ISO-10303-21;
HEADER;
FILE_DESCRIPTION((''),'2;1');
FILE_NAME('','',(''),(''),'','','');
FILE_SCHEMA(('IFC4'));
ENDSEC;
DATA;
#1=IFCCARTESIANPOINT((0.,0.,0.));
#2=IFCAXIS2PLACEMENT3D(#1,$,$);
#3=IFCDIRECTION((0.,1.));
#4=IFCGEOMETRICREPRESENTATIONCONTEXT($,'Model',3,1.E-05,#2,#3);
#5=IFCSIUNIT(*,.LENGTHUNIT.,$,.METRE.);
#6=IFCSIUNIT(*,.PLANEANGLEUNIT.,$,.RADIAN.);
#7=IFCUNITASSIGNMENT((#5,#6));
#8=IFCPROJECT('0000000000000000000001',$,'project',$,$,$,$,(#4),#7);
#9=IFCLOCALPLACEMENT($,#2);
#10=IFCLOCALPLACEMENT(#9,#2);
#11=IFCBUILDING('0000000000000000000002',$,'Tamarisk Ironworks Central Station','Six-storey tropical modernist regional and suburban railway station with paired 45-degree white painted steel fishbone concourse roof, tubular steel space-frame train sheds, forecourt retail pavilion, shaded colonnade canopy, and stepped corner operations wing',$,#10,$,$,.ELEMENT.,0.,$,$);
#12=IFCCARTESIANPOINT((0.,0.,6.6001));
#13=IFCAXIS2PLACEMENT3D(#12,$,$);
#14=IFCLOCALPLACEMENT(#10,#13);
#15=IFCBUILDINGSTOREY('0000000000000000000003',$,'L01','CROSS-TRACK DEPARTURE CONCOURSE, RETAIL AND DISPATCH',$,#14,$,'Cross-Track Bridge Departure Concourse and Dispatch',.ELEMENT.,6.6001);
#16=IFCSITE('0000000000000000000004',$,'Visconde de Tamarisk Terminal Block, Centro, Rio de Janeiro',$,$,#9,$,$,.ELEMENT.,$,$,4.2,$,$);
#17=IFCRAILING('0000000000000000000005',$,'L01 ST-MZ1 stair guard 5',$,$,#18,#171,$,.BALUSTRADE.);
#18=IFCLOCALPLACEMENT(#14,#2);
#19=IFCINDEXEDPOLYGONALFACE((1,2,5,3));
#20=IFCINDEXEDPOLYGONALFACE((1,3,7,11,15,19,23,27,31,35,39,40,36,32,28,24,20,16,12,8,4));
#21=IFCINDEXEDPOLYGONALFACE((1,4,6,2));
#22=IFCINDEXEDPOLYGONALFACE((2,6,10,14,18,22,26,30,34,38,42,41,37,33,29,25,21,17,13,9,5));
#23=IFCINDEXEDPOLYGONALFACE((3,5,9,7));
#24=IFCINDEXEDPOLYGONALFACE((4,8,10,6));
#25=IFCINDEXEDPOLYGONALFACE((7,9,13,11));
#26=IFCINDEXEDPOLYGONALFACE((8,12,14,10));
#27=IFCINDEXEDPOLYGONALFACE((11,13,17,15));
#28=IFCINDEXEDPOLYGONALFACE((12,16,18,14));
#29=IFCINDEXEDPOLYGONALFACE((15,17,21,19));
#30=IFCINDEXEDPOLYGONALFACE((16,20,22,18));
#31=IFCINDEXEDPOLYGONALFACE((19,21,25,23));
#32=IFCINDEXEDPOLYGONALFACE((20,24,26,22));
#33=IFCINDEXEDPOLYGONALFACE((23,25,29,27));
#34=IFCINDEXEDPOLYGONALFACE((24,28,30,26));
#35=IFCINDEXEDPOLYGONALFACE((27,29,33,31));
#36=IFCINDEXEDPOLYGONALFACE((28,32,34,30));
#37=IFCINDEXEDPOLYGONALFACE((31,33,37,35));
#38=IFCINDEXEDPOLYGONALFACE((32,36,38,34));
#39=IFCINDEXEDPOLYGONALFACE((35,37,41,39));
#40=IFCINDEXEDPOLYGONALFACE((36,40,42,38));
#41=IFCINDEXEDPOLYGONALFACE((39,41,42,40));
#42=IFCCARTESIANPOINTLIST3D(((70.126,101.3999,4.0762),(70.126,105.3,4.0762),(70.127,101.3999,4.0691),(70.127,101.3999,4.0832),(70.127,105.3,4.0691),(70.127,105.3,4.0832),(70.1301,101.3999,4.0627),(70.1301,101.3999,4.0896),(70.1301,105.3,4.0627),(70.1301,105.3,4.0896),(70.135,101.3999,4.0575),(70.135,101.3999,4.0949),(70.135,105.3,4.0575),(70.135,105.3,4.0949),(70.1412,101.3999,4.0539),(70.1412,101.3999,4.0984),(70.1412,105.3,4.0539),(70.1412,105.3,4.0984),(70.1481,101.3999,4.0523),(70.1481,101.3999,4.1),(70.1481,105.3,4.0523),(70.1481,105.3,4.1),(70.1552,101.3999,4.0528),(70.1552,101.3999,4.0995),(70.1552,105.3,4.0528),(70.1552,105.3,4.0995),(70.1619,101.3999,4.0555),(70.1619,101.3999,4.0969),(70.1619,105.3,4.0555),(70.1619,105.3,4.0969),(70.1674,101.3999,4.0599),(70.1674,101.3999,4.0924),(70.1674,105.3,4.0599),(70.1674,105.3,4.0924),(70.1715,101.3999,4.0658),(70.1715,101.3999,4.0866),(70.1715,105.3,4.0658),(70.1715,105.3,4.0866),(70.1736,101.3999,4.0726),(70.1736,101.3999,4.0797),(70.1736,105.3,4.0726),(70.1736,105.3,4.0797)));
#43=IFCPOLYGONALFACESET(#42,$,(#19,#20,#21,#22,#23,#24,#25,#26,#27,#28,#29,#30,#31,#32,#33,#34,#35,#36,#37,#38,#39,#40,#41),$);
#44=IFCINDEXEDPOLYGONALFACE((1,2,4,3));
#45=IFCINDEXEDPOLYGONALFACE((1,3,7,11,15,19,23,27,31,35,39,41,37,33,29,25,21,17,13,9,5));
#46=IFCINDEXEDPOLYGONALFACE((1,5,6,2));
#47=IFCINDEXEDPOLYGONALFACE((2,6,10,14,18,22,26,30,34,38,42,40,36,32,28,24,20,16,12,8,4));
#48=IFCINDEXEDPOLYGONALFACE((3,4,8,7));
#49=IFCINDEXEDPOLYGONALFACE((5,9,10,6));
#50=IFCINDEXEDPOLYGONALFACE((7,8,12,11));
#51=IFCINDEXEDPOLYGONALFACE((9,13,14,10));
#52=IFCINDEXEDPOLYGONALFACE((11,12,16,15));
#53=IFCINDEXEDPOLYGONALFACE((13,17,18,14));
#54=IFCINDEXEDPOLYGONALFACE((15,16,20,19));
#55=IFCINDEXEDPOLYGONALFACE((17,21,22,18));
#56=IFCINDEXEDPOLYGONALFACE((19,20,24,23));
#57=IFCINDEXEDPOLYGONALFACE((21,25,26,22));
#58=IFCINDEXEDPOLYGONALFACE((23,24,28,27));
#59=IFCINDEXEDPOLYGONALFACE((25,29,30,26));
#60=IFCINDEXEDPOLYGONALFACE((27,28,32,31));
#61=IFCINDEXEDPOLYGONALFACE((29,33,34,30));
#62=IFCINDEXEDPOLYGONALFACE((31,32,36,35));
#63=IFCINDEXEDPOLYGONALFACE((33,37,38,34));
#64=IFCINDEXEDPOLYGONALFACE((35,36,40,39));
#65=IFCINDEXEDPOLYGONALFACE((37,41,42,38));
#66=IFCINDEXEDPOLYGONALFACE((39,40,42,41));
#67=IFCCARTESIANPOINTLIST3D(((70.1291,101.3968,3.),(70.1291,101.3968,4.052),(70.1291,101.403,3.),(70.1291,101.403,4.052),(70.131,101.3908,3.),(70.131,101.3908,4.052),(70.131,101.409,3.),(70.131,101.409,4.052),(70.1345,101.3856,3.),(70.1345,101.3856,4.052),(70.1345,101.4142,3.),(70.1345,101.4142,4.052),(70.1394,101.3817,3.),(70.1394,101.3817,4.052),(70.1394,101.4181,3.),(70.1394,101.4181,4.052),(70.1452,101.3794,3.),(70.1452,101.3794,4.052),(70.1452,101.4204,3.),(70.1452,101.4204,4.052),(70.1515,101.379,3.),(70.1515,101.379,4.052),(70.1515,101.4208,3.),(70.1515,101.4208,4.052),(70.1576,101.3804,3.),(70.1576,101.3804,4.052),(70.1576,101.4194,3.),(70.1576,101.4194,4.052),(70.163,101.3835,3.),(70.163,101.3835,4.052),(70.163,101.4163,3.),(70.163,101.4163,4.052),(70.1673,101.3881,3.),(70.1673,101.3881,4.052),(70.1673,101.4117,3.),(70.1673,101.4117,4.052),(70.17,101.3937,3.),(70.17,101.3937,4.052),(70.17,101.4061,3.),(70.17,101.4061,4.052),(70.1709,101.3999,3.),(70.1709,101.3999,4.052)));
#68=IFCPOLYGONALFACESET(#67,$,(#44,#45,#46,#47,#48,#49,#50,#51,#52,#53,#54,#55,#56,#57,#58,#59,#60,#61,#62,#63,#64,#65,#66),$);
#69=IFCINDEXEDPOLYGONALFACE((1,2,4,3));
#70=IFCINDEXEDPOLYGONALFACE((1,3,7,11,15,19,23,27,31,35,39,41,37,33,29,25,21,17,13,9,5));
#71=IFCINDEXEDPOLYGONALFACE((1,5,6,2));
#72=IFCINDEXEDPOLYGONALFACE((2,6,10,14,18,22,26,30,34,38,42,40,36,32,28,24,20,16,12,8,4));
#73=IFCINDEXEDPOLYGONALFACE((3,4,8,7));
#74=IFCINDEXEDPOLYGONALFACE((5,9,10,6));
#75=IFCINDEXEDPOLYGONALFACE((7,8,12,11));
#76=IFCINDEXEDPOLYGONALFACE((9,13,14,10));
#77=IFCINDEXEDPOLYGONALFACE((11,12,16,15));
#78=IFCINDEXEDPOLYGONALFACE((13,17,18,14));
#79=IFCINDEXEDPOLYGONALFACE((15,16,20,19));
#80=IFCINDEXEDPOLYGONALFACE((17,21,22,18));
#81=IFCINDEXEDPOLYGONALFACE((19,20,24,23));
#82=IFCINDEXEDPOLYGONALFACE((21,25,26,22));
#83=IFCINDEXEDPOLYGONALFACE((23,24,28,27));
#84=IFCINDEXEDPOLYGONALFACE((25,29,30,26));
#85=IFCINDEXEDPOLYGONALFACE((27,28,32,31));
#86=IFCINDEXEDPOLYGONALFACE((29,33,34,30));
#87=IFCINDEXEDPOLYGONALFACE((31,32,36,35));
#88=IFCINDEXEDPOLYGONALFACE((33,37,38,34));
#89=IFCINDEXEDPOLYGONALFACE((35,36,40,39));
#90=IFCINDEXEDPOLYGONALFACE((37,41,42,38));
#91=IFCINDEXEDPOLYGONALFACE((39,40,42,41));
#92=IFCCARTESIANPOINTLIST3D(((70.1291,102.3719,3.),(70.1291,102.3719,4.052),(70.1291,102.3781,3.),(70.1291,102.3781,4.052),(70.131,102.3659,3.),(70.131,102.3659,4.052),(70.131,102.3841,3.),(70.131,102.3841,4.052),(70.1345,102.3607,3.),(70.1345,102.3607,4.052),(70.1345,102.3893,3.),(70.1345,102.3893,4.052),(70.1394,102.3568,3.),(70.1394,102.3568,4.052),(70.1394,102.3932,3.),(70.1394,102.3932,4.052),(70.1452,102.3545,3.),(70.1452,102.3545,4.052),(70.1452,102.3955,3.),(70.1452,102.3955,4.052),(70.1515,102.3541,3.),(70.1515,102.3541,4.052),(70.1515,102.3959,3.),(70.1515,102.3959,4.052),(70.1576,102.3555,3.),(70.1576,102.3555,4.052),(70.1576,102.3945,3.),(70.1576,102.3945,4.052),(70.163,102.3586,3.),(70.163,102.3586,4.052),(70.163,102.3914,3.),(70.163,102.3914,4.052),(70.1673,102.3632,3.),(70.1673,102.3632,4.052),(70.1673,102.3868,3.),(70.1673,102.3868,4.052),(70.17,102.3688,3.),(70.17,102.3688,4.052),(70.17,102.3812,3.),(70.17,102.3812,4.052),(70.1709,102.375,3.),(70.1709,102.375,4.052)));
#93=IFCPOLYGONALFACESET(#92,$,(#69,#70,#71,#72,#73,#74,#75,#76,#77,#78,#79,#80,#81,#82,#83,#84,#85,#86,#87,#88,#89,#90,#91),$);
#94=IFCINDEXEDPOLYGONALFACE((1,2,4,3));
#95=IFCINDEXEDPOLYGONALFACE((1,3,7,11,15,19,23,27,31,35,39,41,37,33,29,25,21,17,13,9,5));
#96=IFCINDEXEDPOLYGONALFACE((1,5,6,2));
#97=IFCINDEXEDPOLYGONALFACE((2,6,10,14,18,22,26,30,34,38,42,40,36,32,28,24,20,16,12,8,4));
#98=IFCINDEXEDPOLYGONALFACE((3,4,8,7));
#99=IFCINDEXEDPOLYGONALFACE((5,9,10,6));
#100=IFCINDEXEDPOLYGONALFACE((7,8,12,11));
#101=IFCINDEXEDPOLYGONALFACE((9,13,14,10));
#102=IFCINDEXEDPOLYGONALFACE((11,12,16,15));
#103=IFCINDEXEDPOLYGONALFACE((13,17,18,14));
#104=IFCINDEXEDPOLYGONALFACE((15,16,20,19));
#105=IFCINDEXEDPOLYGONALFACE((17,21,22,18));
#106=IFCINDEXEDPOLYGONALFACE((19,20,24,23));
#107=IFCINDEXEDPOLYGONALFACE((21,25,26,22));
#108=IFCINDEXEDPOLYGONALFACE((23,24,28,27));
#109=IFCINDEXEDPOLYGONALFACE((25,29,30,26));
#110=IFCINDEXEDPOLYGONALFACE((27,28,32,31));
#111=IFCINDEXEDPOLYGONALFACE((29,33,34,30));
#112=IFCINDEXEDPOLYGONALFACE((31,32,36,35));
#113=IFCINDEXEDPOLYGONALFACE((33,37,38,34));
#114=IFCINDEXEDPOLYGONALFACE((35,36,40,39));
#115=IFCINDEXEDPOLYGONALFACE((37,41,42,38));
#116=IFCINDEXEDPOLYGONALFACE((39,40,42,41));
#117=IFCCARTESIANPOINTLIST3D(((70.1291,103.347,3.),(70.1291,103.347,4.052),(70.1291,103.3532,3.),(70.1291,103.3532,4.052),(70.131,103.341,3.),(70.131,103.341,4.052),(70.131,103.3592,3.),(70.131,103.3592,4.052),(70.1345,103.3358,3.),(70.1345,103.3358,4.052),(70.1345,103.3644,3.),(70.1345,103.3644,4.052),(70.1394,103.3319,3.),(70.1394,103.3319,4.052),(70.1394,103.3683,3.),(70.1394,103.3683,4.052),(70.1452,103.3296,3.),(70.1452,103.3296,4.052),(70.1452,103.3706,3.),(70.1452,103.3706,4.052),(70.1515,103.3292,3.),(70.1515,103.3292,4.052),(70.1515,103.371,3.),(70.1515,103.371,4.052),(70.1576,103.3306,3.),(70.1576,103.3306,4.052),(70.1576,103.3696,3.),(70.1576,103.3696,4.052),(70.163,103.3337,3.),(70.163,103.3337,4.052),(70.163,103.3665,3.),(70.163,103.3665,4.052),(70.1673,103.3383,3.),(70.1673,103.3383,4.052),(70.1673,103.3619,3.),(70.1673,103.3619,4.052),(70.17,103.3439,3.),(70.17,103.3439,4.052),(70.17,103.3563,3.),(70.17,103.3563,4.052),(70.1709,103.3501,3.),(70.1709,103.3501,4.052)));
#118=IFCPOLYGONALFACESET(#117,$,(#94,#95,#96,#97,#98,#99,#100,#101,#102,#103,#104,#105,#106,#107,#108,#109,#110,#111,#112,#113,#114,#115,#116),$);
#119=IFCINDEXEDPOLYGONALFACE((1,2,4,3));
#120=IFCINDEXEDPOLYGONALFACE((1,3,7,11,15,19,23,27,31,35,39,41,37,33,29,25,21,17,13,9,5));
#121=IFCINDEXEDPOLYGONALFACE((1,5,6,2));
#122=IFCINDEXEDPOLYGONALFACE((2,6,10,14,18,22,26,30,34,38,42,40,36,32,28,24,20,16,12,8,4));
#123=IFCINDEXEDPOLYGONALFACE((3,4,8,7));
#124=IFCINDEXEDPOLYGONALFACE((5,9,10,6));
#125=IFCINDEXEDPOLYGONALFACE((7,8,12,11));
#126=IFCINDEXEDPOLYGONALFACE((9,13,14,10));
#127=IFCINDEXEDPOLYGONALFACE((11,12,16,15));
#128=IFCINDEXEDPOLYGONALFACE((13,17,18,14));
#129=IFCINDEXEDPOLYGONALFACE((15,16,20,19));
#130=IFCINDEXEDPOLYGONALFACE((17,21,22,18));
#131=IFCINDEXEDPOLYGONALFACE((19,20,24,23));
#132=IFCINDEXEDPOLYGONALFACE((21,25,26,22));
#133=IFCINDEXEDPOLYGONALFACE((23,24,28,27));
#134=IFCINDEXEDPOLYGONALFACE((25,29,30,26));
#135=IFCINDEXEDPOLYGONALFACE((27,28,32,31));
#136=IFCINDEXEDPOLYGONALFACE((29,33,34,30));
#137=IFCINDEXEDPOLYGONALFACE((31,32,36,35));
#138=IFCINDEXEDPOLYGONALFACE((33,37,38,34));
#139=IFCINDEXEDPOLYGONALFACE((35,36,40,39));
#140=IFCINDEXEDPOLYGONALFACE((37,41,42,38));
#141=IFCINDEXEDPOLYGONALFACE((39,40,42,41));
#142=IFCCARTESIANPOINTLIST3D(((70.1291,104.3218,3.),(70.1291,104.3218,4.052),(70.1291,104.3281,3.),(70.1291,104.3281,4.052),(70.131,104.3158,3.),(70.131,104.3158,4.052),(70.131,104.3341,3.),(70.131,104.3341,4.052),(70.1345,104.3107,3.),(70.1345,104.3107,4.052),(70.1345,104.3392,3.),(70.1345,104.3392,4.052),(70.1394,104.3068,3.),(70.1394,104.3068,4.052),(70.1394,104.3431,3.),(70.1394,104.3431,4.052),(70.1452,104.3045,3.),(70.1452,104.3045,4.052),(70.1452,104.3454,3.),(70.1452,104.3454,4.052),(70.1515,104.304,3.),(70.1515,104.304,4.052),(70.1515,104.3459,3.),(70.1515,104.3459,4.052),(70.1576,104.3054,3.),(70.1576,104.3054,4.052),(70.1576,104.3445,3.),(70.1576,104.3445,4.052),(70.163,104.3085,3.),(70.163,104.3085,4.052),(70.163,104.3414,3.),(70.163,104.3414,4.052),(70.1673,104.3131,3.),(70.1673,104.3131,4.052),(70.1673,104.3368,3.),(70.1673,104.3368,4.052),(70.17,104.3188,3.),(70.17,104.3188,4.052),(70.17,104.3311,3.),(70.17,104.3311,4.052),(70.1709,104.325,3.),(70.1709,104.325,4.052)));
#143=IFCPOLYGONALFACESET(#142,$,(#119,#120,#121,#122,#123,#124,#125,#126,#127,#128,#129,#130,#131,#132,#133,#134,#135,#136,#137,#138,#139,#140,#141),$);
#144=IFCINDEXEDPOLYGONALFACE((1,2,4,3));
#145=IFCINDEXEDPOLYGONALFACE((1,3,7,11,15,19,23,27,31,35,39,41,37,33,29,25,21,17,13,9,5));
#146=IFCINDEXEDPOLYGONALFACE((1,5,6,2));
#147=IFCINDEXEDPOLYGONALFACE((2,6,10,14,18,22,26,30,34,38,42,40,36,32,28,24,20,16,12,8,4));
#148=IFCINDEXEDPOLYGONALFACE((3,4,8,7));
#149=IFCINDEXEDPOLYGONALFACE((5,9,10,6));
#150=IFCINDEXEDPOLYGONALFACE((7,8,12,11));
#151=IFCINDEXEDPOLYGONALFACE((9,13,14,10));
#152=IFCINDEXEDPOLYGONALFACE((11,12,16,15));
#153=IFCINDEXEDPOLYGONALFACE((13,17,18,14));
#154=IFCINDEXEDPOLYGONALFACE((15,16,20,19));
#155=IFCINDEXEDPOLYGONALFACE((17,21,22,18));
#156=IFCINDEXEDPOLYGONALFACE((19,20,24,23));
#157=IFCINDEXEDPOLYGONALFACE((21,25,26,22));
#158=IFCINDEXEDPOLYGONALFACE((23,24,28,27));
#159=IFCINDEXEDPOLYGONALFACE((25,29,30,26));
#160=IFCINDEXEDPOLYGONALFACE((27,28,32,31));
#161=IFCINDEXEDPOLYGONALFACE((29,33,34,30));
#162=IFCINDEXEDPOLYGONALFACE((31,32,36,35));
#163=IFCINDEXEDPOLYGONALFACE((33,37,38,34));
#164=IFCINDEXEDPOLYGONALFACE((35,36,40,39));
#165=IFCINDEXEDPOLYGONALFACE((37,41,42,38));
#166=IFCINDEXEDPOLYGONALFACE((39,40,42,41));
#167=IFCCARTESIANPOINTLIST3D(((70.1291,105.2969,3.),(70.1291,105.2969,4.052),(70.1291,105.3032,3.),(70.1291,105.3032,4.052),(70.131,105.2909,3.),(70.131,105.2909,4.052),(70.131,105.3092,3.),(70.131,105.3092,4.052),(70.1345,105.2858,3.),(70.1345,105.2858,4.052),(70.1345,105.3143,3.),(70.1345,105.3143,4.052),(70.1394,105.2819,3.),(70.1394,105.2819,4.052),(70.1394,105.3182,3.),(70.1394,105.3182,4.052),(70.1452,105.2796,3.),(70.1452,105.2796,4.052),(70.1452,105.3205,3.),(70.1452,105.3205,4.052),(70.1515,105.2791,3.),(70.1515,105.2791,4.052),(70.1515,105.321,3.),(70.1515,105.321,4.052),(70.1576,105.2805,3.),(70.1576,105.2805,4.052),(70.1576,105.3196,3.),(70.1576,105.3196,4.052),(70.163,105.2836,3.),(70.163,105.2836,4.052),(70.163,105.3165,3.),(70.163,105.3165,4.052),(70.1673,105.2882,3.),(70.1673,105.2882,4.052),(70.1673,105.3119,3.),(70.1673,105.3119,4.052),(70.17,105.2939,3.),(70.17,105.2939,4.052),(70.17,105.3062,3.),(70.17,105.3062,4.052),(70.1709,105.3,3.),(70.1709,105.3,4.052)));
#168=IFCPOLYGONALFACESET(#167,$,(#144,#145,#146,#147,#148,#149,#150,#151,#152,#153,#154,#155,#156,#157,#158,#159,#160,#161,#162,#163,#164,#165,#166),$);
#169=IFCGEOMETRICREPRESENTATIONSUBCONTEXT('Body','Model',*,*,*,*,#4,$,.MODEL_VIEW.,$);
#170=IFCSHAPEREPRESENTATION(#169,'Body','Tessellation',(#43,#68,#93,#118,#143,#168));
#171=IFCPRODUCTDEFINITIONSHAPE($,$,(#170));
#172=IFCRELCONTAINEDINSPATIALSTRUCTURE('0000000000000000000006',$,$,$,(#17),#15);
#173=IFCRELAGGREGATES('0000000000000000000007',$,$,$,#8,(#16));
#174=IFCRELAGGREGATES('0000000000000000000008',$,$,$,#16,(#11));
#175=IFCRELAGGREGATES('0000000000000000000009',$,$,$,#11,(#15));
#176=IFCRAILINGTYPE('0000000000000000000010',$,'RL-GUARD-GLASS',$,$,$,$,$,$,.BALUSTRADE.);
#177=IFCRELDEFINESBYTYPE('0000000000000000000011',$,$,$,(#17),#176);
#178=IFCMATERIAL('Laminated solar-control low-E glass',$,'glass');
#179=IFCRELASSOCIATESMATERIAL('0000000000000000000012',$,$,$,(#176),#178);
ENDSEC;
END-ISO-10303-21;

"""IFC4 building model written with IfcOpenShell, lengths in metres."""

from ifc_helpers import new_model, si_unit, direction, frame, origin, origin_2d, place, context, subcontext, project, spatial, circle, extrude, material, type_object, element, save


model = new_model("IFC4")

# Units and contexts
model_context = context("Model", 3, precision=1e-05, world=origin(), true_north=direction((0.0, 1.0)))
body_context = subcontext(model_context, "Body", "Model", "MODEL_VIEW")
ifc_project = project(units=[si_unit("LENGTHUNIT", "METRE"), si_unit("PLANEANGLEUNIT", "RADIAN")], contexts=[model_context])

# Site, building, storey
site_placement = place(None, origin())
site = spatial("IfcSite", under=ifc_project, at=site_placement, Name="Visconde de Tamarisk Terminal Block, Centro, Rio de Janeiro", CompositionType="ELEMENT", RefElevation=4.2)
building_placement = place(site_placement, origin())
building = spatial("IfcBuilding", under=site, at=building_placement, Name="Tamarisk Ironworks Central Station", Description="Six-storey tropical modernist regional and suburban railway station with paired 45-degree white painted steel fishbone concourse roof, tubular steel space-frame train sheds, forecourt retail pavilion, shaded colonnade canopy, and stepped corner operations wing", CompositionType="ELEMENT", ElevationOfRefHeight=0.0)
storey_placement = place(building_placement, frame((0.0, 0.0, 6.6001)))
storey = spatial("IfcBuildingStorey", under=building, at=storey_placement, Name="L01", Description="CROSS-TRACK DEPARTURE CONCOURSE, RETAIL AND DISPATCH", LongName="Cross-Track Bridge Departure Concourse and Dispatch", CompositionType="ELEMENT", Elevation=6.6001)

# Railing
ifc_material_1 = material(Name="Laminated solar-control low-E glass", Category="glass")
railing_type_1 = type_object("IfcRailingType", Name="RL-GUARD-GLASS", PredefinedType="BALUSTRADE", material=ifc_material_1)
railing_1_placement = place(storey_placement, frame((70.1499, 101.3999, 3.0)))
element("IfcRailing", 1, at=railing_1_placement, inside=storey, type_object=railing_type_1, Name="L01 ST-MZ1 stair guard 5", PredefinedType="BALUSTRADE", context=body_context, shape_type="SweptSolid", body=[
    extrude(circle(Radius=0.0239, at=origin_2d()), frame((0.0, 0.0, 1.0762), z_axis=(0.0, 1.0, 0.0), x_axis=(-1.0, 0.0, 0.0)), (0.0, 0.0, 1.0), 3.9001),
    extrude(circle(Radius=0.021, at=origin_2d()), origin(), (0.0, 0.0, 1.0), 1.052),
    extrude(circle(Radius=0.021, at=origin_2d()), frame((0.0, 0.9751, 0.0)), (0.0, 0.0, 1.0), 1.052),
    extrude(circle(Radius=0.021, at=origin_2d()), frame((0.0, 1.9502, 0.0)), (0.0, 0.0, 1.0), 1.052),
    extrude(circle(Radius=0.021, at=origin_2d()), frame((0.0, 2.925, 0.0)), (0.0, 0.0, 1.0), 1.052),
    extrude(circle(Radius=0.021, at=origin_2d()), frame((0.0, 3.9001, 0.0)), (0.0, 0.0, 1.0), 1.052),
])

save(model, "model.ifc")
